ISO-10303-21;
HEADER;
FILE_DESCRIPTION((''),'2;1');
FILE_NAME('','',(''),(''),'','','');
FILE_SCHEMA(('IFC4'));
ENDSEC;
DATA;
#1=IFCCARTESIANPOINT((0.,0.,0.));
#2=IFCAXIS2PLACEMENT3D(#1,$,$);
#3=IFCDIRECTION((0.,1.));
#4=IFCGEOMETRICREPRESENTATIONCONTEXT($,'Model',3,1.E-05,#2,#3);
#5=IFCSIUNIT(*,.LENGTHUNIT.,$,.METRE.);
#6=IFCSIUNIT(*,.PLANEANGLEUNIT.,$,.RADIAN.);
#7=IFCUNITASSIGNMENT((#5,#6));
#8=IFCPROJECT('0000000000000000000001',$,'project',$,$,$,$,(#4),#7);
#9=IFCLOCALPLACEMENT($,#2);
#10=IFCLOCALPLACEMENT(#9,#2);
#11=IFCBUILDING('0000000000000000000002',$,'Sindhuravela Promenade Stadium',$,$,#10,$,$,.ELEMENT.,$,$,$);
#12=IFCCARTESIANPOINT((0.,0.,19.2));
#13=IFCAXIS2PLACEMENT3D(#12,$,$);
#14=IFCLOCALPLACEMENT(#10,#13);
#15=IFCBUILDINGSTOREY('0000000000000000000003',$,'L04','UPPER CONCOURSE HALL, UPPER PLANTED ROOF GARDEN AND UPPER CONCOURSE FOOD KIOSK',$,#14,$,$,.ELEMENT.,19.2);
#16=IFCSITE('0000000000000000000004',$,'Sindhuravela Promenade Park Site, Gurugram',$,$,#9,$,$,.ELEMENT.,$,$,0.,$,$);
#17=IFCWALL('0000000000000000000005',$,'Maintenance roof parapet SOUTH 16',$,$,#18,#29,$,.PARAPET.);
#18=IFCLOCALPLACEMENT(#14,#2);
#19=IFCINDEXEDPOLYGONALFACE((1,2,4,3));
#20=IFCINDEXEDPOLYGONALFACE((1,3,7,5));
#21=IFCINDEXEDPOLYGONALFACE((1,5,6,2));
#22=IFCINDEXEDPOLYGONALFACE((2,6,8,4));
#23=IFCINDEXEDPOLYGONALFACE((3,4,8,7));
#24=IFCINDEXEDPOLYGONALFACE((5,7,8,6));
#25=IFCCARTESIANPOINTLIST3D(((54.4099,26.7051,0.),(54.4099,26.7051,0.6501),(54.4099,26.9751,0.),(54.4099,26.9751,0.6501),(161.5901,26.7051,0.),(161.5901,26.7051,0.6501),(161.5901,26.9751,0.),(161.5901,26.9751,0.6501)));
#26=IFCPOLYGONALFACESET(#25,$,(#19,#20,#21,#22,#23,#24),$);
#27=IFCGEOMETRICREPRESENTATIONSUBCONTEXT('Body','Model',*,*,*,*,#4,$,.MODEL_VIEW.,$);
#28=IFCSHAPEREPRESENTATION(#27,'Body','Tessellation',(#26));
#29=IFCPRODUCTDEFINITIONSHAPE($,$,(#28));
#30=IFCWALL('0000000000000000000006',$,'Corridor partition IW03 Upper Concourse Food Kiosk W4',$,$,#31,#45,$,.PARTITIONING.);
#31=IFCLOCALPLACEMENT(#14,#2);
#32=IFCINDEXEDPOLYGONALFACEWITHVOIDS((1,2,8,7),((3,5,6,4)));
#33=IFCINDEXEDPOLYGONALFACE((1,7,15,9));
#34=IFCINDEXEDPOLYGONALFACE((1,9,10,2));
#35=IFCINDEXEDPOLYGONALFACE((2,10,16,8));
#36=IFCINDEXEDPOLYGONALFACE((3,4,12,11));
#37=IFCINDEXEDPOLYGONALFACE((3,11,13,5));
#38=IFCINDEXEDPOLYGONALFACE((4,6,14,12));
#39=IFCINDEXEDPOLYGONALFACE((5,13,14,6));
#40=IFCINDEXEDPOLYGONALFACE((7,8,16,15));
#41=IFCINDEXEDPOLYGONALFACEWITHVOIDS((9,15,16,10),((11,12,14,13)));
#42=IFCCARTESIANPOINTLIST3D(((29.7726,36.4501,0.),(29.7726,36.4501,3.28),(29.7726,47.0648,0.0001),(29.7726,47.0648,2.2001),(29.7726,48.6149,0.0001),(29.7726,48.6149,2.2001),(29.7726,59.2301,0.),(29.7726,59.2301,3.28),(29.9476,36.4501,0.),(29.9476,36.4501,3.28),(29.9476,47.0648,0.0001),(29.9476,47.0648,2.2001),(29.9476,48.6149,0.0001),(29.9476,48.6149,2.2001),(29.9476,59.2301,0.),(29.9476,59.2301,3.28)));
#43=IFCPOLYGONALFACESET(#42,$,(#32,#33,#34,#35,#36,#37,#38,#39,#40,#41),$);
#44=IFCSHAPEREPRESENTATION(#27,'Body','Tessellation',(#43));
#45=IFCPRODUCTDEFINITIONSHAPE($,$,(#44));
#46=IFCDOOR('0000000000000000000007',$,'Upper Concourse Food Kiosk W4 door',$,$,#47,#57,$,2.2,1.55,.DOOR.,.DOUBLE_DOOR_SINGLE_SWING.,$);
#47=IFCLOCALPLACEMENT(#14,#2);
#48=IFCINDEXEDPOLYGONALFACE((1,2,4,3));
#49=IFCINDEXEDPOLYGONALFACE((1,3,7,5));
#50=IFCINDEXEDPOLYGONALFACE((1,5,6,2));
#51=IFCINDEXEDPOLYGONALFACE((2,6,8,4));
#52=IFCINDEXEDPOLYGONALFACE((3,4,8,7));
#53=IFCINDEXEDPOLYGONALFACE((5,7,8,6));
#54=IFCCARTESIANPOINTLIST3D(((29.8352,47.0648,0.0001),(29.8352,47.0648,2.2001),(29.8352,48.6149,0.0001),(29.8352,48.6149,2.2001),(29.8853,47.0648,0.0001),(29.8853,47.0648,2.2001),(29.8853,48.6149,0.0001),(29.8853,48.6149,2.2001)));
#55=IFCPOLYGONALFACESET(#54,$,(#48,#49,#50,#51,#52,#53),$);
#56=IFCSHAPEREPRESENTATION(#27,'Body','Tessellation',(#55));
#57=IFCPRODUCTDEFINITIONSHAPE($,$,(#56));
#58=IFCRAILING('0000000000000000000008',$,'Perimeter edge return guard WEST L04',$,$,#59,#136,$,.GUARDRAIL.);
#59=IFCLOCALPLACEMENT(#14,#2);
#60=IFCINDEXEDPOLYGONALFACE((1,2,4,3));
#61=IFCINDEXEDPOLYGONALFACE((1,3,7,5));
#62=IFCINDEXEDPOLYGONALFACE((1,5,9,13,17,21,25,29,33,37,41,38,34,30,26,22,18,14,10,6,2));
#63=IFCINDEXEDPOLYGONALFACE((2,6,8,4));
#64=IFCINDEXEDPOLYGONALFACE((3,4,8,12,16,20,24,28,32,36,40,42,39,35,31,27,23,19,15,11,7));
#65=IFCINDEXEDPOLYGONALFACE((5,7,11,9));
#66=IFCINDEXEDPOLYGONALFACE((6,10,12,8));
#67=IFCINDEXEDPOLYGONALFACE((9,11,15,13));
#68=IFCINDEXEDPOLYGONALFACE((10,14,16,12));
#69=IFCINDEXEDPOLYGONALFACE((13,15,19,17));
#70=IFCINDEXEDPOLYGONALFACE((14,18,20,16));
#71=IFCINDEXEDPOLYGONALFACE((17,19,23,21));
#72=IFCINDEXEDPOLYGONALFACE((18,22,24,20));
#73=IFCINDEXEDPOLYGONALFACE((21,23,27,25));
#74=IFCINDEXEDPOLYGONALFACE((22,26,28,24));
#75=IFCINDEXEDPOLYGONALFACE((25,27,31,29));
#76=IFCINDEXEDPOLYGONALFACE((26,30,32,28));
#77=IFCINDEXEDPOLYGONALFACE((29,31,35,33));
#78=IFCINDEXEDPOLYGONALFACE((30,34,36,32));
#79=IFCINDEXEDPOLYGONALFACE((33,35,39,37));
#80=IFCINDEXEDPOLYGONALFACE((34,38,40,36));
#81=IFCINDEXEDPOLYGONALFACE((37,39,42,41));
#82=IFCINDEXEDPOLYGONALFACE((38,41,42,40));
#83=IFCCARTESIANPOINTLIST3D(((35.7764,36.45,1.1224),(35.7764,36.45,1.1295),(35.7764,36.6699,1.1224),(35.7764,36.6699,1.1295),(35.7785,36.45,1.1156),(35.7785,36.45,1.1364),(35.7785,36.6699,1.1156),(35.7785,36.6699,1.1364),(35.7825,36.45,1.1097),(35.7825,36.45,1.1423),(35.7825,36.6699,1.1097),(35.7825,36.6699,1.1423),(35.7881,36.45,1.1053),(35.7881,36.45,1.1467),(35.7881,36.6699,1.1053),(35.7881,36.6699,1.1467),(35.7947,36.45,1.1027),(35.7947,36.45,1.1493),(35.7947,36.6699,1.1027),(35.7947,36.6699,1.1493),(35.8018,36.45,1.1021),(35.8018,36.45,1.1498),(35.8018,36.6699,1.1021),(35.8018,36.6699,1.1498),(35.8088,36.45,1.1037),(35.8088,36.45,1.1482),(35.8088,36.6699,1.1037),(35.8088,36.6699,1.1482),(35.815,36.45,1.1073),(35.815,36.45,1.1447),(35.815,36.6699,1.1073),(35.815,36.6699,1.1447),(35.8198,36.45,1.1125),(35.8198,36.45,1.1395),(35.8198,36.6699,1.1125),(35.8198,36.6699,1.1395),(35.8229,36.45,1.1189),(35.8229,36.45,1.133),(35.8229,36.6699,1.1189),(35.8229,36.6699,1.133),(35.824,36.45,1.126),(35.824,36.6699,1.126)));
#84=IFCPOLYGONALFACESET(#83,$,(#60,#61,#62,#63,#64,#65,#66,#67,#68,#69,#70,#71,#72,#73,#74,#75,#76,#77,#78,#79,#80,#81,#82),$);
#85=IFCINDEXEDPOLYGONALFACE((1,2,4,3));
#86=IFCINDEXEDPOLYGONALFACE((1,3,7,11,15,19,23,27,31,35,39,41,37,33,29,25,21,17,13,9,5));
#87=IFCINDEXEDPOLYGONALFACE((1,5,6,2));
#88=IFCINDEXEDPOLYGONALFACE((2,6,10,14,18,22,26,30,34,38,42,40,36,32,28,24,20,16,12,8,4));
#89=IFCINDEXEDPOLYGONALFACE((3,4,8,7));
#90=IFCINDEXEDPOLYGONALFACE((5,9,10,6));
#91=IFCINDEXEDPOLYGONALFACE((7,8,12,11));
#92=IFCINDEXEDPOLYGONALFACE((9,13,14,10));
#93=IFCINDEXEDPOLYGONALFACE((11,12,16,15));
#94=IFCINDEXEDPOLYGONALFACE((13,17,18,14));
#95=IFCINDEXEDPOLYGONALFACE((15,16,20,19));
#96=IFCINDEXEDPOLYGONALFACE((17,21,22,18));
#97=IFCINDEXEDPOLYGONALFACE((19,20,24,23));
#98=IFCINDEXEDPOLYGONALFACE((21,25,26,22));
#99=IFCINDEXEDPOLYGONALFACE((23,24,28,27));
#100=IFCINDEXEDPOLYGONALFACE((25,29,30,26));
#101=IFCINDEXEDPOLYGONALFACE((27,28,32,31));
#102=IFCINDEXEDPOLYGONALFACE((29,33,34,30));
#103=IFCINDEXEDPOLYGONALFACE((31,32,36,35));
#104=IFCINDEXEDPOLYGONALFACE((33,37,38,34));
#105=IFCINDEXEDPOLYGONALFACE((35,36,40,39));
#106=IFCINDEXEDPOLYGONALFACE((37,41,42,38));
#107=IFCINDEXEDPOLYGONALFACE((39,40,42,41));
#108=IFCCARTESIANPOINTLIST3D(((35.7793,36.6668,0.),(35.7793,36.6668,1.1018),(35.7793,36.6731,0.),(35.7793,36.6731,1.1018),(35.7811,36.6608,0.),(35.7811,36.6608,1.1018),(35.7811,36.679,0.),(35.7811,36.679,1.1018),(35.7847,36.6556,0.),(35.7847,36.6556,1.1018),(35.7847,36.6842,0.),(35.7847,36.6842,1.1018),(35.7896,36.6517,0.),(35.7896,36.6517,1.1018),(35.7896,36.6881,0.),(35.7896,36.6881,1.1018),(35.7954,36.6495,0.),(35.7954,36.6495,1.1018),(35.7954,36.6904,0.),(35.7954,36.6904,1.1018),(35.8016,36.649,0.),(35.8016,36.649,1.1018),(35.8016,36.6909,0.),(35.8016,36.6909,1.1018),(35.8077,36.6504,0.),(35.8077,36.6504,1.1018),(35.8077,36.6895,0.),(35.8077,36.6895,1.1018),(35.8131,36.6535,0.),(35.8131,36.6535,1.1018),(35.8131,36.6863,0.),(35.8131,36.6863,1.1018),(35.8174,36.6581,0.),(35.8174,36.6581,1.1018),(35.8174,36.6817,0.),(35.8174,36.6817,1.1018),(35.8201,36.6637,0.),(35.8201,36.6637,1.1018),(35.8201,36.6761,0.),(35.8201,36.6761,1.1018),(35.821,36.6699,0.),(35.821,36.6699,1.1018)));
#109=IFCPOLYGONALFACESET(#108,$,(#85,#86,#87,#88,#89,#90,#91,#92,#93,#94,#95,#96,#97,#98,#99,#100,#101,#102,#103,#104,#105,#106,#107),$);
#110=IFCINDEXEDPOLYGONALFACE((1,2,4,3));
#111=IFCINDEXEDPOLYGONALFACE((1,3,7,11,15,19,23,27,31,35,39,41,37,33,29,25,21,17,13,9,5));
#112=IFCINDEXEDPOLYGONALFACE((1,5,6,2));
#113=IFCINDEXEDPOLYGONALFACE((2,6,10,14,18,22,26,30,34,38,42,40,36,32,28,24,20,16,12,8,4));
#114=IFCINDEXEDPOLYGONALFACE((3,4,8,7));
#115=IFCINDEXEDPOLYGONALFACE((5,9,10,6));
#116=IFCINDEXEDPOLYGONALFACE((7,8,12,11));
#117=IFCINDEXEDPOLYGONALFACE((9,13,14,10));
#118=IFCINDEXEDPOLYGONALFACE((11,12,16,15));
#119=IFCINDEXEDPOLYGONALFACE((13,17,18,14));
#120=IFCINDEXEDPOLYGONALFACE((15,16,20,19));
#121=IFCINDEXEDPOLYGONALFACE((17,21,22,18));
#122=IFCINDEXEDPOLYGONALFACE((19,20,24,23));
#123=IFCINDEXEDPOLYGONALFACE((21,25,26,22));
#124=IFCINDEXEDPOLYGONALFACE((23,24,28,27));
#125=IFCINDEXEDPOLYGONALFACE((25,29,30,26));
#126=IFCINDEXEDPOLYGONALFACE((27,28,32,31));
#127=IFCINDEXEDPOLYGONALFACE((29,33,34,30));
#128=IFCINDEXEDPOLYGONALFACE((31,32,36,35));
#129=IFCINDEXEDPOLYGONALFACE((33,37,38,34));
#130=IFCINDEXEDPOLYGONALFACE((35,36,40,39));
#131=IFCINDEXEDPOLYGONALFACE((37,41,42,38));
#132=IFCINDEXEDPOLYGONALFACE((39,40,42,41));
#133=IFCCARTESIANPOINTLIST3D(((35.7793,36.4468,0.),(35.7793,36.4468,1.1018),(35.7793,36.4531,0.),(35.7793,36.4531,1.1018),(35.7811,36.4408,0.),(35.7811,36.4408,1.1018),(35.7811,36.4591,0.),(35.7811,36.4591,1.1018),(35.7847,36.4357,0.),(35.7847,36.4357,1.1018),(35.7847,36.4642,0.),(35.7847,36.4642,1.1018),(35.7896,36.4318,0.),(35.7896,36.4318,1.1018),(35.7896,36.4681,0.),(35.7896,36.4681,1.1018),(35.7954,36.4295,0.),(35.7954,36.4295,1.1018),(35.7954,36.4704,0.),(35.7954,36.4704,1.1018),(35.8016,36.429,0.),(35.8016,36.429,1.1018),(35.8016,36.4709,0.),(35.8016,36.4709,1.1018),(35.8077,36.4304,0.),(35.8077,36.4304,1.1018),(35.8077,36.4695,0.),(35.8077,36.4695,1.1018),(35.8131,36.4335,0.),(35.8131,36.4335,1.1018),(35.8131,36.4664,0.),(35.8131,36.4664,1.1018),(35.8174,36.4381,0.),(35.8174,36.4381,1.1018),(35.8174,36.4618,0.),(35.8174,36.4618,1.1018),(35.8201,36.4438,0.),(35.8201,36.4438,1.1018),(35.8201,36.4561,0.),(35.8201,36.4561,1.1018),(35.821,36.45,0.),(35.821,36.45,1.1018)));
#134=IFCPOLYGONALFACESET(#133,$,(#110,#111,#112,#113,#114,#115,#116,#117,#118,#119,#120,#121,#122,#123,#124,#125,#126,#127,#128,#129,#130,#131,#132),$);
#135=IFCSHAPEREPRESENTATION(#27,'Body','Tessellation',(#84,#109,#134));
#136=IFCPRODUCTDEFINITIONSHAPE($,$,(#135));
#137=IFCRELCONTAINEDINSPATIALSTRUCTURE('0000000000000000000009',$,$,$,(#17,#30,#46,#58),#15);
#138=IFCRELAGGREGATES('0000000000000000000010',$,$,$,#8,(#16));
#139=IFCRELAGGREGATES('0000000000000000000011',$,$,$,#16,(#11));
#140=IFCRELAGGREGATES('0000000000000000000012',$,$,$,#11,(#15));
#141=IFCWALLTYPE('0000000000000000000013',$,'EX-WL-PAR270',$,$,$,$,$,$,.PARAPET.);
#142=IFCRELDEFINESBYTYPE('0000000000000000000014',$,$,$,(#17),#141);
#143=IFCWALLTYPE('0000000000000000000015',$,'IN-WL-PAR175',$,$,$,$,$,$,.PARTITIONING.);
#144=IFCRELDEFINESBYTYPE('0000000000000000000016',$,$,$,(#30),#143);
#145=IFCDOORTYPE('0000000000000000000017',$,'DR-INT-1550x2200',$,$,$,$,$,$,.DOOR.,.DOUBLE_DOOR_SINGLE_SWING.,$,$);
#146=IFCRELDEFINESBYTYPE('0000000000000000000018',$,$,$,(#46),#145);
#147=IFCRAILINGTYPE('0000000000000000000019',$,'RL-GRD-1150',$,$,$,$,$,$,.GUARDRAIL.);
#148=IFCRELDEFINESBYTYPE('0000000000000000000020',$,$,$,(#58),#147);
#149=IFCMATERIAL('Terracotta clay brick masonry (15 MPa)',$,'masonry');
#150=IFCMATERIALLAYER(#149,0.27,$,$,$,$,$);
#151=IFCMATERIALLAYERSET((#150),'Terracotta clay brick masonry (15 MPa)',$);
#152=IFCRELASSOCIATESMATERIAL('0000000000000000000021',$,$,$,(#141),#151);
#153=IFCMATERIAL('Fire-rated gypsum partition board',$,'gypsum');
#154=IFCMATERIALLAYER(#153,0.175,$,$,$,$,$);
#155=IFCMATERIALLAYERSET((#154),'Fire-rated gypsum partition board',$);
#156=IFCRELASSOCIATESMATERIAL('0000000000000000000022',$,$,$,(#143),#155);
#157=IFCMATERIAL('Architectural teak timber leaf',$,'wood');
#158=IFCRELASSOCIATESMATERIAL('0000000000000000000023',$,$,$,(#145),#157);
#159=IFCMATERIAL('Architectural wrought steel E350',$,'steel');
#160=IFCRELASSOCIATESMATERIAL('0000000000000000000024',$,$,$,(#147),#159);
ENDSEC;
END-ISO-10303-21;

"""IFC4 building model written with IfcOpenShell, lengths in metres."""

from ifc_helpers import new_model, si_unit, direction, frame, frame_2d, origin, origin_2d, place, context, subcontext, project, spatial, rectangle, circle, extrude, material, layer, layer_set, type_object, element, fill, save


model = new_model("IFC4")

# Units and contexts
model_context = context("Model", 3, precision=1e-05, world=origin(), true_north=direction((0.0, 1.0)))
body_context = subcontext(model_context, "Body", "Model", "MODEL_VIEW")
ifc_project = project(units=[si_unit("LENGTHUNIT", "METRE"), si_unit("PLANEANGLEUNIT", "RADIAN")], contexts=[model_context])

# Site, building, storey
site_placement = place(None, origin())
site = spatial("IfcSite", under=ifc_project, at=site_placement, Name="Sindhuravela Promenade Park Site, Gurugram", CompositionType="ELEMENT", RefElevation=0.0)
building_placement = place(site_placement, origin())
building = spatial("IfcBuilding", under=site, at=building_placement, Name="Sindhuravela Promenade Stadium", CompositionType="ELEMENT")
storey_placement = place(building_placement, frame((0.0, 0.0, 19.2)))
storey = spatial("IfcBuildingStorey", under=building, at=storey_placement, Name="L04", Description="UPPER CONCOURSE HALL, UPPER PLANTED ROOF GARDEN AND UPPER CONCOURSE FOOD KIOSK", CompositionType="ELEMENT", Elevation=19.2)

# Wall
ifc_material_1 = material(Name="Terracotta clay brick masonry (15 MPa)", Category="masonry")
ifc_layer_1 = layer(ifc_material_1, 0.27)
ifc_layer_set_1 = layer_set([ifc_layer_1], Name="Terracotta clay brick masonry (15 MPa)")
wall_type_1 = type_object("IfcWallType", Name="EX-WL-PAR270", PredefinedType="PARAPET", material=ifc_layer_set_1)
wall_1_placement = place(storey_placement, frame((54.4099, 26.8401, 0.0), z_axis=(0.0, 0.0, 1.0), x_axis=(1.0, 0.0, 0.0)))
element("IfcWall", 1, at=wall_1_placement, inside=storey, type_object=wall_type_1, Name="Maintenance roof parapet SOUTH 16", PredefinedType="PARAPET", context=body_context, shape_type="SweptSolid", body=[
    extrude(rectangle(XDim=107.1802, YDim=0.27, at=frame_2d((53.5901, 0.0))), origin(), (0.0, 0.0, 1.0), 0.6501),
])

# Wall, opening, door
ifc_material_2 = material(Name="Fire-rated gypsum partition board", Category="gypsum")
ifc_layer_2 = layer(ifc_material_2, 0.175)
ifc_layer_set_2 = layer_set([ifc_layer_2], Name="Fire-rated gypsum partition board")
wall_type_2 = type_object("IfcWallType", Name="IN-WL-PAR175", PredefinedType="PARTITIONING", material=ifc_layer_set_2)
wall_2_placement = place(storey_placement, frame((29.8601, 36.45, 0.0), z_axis=(0.0, 0.0, 1.0), x_axis=(0.0, 1.0, 0.0)))
wall_2 = element("IfcWall", 2, at=wall_2_placement, inside=storey, type_object=wall_type_2, Name="Corridor partition IW03 Upper Concourse Food Kiosk W4", PredefinedType="PARTITIONING", context=body_context, shape_type="SweptSolid", body=[
    extrude(rectangle(XDim=22.78, YDim=0.175, at=frame_2d((11.3901, 0.0))), origin(), (0.0, 0.0, 1.0), 3.28),
])
opening_placement = place(wall_2_placement, frame((10.615, 0.0, 0.0)))
opening = element("IfcOpeningElement", 3, at=opening_placement, cuts=wall_2, PredefinedType="OPENING", context=body_context, shape_type="SweptSolid", body=[
    extrude(rectangle(XDim=1.55, YDim=2.2, at=frame_2d((0.7749, 1.1001))), frame((0.0, 0.0974, 0.0), z_axis=(0.0, -1.0, 0.0), x_axis=(1.0, 0.0, 0.0)), (0.0, 0.0, 1.0), 0.1951),
])
ifc_material_3 = material(Name="Architectural teak timber leaf", Category="wood")
door_type = type_object("IfcDoorType", Name="DR-INT-1550x2200", OperationType="DOUBLE_DOOR_SINGLE_SWING", PredefinedType="DOOR", material=ifc_material_3)
door_placement = place(opening_placement, origin())
door = element("IfcDoor", 4, at=door_placement, inside=storey, type_object=door_type, Name="Upper Concourse Food Kiosk W4 door", OperationType="DOUBLE_DOOR_SINGLE_SWING", OverallHeight=2.2, OverallWidth=1.55, PredefinedType="DOOR", context=body_context, shape_type="SweptSolid", body=[
    extrude(rectangle(XDim=1.55, YDim=2.2, at=frame_2d((0.7749, 1.1001))), frame((0.0, 0.0249, 0.0), z_axis=(0.0, -1.0, 0.0), x_axis=(1.0, 0.0, 0.0)), (0.0, 0.0, 1.0), 0.05),
])
fill(opening, door)

# Railing
ifc_material_4 = material(Name="Architectural wrought steel E350", Category="steel")
railing_type = type_object("IfcRailingType", Name="RL-GRD-1150", PredefinedType="GUARDRAIL", material=ifc_material_4)
railing_placement = place(storey_placement, frame((35.8, 36.6699, 0.0)))
element("IfcRailing", 5, at=railing_placement, inside=storey, type_object=railing_type, Name="Perimeter edge return guard WEST L04", PredefinedType="GUARDRAIL", context=body_context, shape_type="SweptSolid", body=[
    extrude(circle(Radius=0.0239, at=origin_2d()), frame((0.0, 0.0, 1.126), z_axis=(0.0, -1.0, 0.0), x_axis=(1.0, 0.0, 0.0)), (0.0, 0.0, 1.0), 0.22),
    extrude(circle(Radius=0.021, at=origin_2d()), origin(), (0.0, 0.0, 1.0), 1.1018),
    extrude(circle(Radius=0.021, at=origin_2d()), frame((0.0, -0.22, 0.0)), (0.0, 0.0, 1.0), 1.1018),
])

save(model, "model.ifc")
